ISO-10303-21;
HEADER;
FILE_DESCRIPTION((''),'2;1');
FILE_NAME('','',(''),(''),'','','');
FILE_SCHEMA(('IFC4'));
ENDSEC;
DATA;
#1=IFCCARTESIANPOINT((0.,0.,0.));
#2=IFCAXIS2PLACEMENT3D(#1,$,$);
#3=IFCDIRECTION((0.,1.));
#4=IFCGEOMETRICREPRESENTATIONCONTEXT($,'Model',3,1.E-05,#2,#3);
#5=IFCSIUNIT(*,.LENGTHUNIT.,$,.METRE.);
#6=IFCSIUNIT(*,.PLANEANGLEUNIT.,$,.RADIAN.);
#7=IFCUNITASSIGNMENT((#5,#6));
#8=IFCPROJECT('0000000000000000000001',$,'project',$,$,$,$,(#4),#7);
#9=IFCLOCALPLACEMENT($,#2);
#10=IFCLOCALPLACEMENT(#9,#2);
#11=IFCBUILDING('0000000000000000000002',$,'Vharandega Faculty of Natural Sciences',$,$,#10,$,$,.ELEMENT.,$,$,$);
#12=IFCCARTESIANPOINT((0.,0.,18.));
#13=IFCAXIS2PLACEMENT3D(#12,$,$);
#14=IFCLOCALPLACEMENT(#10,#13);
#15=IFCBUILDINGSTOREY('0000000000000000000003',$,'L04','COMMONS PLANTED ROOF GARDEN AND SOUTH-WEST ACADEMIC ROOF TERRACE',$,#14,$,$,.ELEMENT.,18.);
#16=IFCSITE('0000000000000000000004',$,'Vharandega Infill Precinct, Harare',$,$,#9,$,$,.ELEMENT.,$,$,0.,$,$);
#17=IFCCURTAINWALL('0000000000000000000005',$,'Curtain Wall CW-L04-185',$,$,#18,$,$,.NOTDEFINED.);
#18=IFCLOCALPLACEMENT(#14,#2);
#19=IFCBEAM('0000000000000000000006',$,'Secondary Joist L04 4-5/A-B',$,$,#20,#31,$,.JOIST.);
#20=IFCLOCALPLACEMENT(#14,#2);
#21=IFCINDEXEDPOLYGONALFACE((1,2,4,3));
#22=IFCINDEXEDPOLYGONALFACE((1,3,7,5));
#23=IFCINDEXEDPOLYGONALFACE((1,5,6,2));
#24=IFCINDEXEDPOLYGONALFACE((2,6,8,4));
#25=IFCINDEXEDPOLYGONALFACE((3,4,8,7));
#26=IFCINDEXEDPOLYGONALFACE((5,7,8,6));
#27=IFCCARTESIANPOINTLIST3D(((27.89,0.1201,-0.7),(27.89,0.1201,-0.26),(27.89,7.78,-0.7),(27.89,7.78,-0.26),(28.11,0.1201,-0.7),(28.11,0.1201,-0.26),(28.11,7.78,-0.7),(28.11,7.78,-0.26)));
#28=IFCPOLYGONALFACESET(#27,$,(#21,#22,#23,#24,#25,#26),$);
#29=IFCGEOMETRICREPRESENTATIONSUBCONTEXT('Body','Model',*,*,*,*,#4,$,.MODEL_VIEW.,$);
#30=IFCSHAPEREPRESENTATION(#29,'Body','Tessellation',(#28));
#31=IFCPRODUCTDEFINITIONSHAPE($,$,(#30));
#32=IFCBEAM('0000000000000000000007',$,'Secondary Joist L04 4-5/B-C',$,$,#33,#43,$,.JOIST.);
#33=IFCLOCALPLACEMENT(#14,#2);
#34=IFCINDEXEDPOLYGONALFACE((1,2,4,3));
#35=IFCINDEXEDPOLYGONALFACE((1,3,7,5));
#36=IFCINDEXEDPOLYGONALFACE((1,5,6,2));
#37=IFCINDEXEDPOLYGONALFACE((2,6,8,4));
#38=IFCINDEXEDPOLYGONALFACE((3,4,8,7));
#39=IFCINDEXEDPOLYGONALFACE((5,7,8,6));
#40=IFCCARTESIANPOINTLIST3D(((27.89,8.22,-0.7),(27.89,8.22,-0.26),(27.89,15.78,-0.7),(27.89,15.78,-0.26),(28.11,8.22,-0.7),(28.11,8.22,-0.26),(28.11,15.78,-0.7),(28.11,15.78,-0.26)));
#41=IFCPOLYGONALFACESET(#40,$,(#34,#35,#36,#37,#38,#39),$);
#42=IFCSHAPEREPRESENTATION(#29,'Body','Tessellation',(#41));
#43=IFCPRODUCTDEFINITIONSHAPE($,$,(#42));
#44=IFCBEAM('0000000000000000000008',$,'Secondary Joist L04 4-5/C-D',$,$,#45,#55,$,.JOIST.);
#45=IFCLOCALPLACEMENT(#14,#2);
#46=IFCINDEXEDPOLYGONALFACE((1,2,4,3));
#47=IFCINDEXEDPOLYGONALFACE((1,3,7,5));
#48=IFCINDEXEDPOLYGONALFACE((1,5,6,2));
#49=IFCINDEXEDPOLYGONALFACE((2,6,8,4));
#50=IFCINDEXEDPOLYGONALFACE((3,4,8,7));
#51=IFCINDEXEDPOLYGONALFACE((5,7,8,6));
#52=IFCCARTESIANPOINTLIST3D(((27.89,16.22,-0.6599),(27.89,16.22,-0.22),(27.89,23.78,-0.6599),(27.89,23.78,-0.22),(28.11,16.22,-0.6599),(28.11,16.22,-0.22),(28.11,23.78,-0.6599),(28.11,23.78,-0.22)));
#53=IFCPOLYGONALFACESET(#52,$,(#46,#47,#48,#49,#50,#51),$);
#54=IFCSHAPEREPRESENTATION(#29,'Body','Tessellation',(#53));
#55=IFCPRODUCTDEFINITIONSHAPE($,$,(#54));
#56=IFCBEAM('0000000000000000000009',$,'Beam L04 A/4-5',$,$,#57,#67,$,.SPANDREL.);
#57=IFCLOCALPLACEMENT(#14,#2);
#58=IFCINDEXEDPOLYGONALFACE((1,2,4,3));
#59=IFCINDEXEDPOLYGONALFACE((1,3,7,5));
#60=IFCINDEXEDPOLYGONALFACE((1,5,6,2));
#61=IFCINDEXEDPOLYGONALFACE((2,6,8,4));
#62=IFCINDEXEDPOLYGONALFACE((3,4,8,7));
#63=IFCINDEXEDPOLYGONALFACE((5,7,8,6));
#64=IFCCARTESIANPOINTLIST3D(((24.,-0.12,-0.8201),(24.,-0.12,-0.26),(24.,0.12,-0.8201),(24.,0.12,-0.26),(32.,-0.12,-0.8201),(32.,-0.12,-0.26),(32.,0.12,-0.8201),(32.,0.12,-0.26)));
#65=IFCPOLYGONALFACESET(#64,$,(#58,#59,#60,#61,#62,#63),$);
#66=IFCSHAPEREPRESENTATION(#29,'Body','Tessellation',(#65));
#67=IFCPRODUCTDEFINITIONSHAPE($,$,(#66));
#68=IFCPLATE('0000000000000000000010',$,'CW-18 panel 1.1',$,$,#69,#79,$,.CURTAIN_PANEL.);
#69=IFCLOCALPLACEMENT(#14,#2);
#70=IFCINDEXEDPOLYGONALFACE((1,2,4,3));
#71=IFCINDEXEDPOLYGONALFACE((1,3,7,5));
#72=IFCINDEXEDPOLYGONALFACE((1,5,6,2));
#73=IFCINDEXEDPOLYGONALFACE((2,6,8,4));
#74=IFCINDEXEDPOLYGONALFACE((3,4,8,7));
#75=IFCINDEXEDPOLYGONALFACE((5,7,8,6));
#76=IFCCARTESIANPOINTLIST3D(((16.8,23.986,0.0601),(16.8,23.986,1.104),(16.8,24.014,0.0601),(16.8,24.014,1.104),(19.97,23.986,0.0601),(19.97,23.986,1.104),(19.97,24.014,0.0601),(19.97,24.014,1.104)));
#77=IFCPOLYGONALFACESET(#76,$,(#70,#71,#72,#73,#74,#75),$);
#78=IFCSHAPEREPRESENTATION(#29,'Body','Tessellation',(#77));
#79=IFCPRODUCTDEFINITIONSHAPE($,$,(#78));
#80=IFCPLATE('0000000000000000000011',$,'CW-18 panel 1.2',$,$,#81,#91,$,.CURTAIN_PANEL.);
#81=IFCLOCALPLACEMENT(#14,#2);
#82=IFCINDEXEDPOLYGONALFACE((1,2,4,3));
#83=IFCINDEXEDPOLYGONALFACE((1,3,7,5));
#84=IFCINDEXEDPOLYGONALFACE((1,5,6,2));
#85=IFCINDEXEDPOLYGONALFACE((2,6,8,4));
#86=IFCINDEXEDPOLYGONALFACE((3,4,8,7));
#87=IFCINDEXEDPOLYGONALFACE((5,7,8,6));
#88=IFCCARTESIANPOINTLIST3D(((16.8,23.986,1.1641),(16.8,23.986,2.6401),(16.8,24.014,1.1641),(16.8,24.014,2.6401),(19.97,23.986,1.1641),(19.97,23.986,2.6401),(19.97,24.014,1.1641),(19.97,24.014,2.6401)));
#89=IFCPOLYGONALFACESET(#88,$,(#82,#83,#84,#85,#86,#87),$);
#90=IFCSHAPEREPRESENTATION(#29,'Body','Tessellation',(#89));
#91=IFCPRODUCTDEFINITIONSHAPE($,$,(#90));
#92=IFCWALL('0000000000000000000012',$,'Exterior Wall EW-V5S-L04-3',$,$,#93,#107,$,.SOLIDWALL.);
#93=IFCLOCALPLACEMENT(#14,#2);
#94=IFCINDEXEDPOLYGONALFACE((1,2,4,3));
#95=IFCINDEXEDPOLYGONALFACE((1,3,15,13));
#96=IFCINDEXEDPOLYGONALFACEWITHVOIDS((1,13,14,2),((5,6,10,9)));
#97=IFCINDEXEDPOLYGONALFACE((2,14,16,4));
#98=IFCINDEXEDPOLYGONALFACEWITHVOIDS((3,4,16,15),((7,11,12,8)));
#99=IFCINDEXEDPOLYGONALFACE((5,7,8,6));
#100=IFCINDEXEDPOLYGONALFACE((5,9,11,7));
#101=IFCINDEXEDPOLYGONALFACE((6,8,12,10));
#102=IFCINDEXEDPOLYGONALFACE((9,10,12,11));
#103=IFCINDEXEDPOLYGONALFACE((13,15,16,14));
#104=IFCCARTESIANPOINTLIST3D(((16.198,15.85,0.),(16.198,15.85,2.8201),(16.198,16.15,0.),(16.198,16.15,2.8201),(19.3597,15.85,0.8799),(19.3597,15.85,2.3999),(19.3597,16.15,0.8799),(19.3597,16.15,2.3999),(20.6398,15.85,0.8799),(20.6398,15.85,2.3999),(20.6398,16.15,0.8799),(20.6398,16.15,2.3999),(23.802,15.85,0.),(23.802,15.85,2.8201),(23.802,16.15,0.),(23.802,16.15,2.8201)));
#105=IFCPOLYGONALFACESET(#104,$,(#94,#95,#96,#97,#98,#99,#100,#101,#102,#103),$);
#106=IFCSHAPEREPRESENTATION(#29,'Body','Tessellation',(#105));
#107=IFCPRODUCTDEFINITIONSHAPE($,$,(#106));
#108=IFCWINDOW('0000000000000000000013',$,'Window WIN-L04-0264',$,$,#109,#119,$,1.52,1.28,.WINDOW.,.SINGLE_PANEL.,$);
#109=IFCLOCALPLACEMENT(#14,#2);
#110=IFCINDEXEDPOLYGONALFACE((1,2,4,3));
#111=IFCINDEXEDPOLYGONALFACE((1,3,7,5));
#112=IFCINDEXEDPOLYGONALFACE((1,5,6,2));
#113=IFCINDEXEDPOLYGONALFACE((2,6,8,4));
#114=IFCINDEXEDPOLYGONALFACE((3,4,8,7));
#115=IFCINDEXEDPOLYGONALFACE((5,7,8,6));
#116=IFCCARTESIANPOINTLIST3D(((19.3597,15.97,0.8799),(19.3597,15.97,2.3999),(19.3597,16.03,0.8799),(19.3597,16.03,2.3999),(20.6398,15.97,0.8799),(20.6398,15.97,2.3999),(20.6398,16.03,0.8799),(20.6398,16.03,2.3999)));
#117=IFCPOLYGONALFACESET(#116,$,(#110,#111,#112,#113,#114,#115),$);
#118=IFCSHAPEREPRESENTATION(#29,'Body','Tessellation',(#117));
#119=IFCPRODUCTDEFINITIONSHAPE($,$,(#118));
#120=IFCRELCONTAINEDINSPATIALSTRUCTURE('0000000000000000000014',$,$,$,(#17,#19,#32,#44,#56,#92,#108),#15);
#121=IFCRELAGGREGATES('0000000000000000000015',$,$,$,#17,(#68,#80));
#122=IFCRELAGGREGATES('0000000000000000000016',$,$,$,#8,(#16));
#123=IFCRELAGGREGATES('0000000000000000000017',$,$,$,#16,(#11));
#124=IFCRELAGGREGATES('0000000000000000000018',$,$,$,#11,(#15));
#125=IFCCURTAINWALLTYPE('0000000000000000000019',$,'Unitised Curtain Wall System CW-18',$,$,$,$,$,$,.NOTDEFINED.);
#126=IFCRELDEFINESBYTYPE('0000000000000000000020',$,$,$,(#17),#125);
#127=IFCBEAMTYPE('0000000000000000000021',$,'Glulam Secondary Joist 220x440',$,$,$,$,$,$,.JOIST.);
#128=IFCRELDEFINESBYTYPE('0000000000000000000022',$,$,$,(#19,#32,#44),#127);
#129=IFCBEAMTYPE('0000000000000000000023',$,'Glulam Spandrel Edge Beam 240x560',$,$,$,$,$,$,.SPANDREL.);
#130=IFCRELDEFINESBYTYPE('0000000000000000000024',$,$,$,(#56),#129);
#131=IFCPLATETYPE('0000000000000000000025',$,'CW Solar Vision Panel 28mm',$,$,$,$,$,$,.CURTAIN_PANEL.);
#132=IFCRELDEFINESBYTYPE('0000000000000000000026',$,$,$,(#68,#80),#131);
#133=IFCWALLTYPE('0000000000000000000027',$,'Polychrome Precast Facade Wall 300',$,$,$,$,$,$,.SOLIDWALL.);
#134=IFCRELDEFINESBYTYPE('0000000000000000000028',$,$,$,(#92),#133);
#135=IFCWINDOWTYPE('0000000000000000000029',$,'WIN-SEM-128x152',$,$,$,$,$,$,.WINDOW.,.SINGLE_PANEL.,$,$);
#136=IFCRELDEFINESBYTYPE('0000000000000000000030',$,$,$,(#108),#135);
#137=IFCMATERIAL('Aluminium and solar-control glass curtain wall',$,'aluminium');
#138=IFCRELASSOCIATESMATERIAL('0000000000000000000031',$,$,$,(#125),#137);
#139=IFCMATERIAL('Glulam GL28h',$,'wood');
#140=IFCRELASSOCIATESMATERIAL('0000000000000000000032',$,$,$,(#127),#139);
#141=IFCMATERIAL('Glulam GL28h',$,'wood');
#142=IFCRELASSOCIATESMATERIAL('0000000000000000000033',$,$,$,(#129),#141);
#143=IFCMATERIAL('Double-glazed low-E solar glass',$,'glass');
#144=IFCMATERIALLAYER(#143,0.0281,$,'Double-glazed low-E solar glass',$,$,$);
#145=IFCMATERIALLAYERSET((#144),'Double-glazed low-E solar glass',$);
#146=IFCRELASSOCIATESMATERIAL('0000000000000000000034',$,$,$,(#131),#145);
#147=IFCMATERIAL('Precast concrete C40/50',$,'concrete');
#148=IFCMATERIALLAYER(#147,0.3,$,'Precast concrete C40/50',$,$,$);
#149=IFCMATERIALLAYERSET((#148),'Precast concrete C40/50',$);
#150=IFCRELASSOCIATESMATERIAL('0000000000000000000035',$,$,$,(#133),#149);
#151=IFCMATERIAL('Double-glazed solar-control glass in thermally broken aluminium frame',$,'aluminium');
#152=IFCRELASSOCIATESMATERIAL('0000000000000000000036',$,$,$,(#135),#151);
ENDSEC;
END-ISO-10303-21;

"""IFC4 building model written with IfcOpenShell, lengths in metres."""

from ifc_helpers import new_model, si_unit, direction, frame, frame_2d, origin, origin_2d, place, context, subcontext, project, spatial, rectangle, extrude, material, layer, layer_set, material_profile, profile_set, type_object, element, fill, aggregate, save


model = new_model("IFC4")

# Units and contexts
model_context = context("Model", 3, precision=1e-05, world=origin(), true_north=direction((0.0, 1.0)))
body_context = subcontext(model_context, "Body", "Model", "MODEL_VIEW")
ifc_project = project(units=[si_unit("LENGTHUNIT", "METRE"), si_unit("PLANEANGLEUNIT", "RADIAN")], contexts=[model_context])

# Site, building, storey
site_placement = place(None, origin())
site = spatial("IfcSite", under=ifc_project, at=site_placement, Name="Vharandega Infill Precinct, Harare", CompositionType="ELEMENT", RefElevation=0.0)
building_placement = place(site_placement, origin())
building = spatial("IfcBuilding", under=site, at=building_placement, Name="Vharandega Faculty of Natural Sciences", CompositionType="ELEMENT")
storey_placement = place(building_placement, frame((0.0, 0.0, 18.0)))
storey = spatial("IfcBuildingStorey", under=building, at=storey_placement, Name="L04", Description="COMMONS PLANTED ROOF GARDEN AND SOUTH-WEST ACADEMIC ROOF TERRACE", CompositionType="ELEMENT", Elevation=18.0)

# Curtain wall
ifc_material_1 = material(Name="Aluminium and solar-control glass curtain wall", Category="aluminium")
curtain_wall_type = type_object("IfcCurtainWallType", Name="Unitised Curtain Wall System CW-18", PredefinedType="NOTDEFINED", material=ifc_material_1)
curtain_wall_placement = place(storey_placement, origin())
curtain_wall = element("IfcCurtainWall", 1, at=curtain_wall_placement, inside=storey, type_object=curtain_wall_type, Name="Curtain Wall CW-L04-185", PredefinedType="NOTDEFINED")

# Beams
ifc_material_2 = material(Name="Glulam GL28h", Category="wood")
ifc_material_profile_1 = material_profile(ifc_material_2, rectangle(XDim=0.22, YDim=0.4399, at=origin_2d()), Name="GL28h 220x440")
ifc_profile_set_1 = profile_set([ifc_material_profile_1], Name="Glulam GL28h")
beam_type_1 = type_object("IfcBeamType", Name="Glulam Secondary Joist 220x440", PredefinedType="JOIST", material=ifc_profile_set_1)
beam_1_placement = place(storey_placement, frame((28.0, 0.1201, -0.48), z_axis=(0.0, 1.0, 0.0), x_axis=(-1.0, 0.0, 0.0)))
element("IfcBeam", 2, at=beam_1_placement, inside=storey, type_object=beam_type_1, Name="Secondary Joist L04 4-5/A-B", PredefinedType="JOIST", context=body_context, shape_type="SweptSolid", body=[
    extrude(rectangle(XDim=0.22, YDim=0.4399, at=origin_2d()), origin(), (0.0, 0.0, 1.0), 7.6599),
])
for number, where, z_axis, x_axis, name in (
    (3, (28.0, 8.22, -0.48), (0.0, 1.0, 0.0), (-1.0, 0.0, 0.0), "Secondary Joist L04 4-5/B-C"),
    (4, (28.0, 16.22, -0.4399), (0.0, 1.0, 0.0), (-1.0, 0.0, 0.0), "Secondary Joist L04 4-5/C-D"),
):
    element("IfcBeam", number, at=place(storey_placement, frame(where, z_axis=z_axis, x_axis=x_axis)), inside=storey, type_object=beam_type_1, Name=name, PredefinedType="JOIST", context=body_context, shape_type="SweptSolid", body=[
        extrude(rectangle(XDim=0.22, YDim=0.4399, at=origin_2d()), origin(), (0.0, 0.0, 1.0), 7.5601),
    ])
ifc_material_3 = material(Name="Glulam GL28h", Category="wood")
ifc_material_profile_2 = material_profile(ifc_material_3, rectangle(XDim=0.24, YDim=0.5601, at=origin_2d()), Name="GL28h 240x560")
ifc_profile_set_2 = profile_set([ifc_material_profile_2], Name="Glulam GL28h")
beam_type_2 = type_object("IfcBeamType", Name="Glulam Spandrel Edge Beam 240x560", PredefinedType="SPANDREL", material=ifc_profile_set_2)
beam_2_placement = place(storey_placement, frame((24.0, 0.0, -0.54), z_axis=(1.0, 0.0, 0.0), x_axis=(0.0, 1.0, 0.0)))
element("IfcBeam", 5, at=beam_2_placement, inside=storey, type_object=beam_type_2, Name="Beam L04 A/4-5", PredefinedType="SPANDREL", context=body_context, shape_type="SweptSolid", body=[
    extrude(rectangle(XDim=0.24, YDim=0.5601, at=origin_2d()), origin(), (0.0, 0.0, 1.0), 8.0),
])

# Plates
ifc_material_4 = material(Name="Double-glazed low-E solar glass", Category="glass")
ifc_layer_1 = layer(ifc_material_4, 0.0281, Name="Double-glazed low-E solar glass")
ifc_layer_set_1 = layer_set([ifc_layer_1], Name="Double-glazed low-E solar glass")
plate_type = type_object("IfcPlateType", Name="CW Solar Vision Panel 28mm", PredefinedType="CURTAIN_PANEL", material=ifc_layer_set_1)
plate_1_placement = place(storey_placement, frame((18.385, 24.0, 0.0601), z_axis=(0.0, 0.0, 1.0), x_axis=(1.0, 0.0, 0.0)))
plate_1 = element("IfcPlate", 6, at=plate_1_placement, type_object=plate_type, Name="CW-18 panel 1.1", PredefinedType="CURTAIN_PANEL", context=body_context, shape_type="SweptSolid", body=[
    extrude(rectangle(XDim=3.1699, YDim=0.0281, at=origin_2d()), origin(), (0.0, 0.0, 1.0), 1.0439),
])
plate_2_placement = place(storey_placement, frame((18.385, 24.0, 1.1641), z_axis=(0.0, 0.0, 1.0), x_axis=(1.0, 0.0, 0.0)))
plate_2 = element("IfcPlate", 7, at=plate_2_placement, type_object=plate_type, Name="CW-18 panel 1.2", PredefinedType="CURTAIN_PANEL", context=body_context, shape_type="SweptSolid", body=[
    extrude(rectangle(XDim=3.1699, YDim=0.0281, at=origin_2d()), origin(), (0.0, 0.0, 1.0), 1.4761),
])
aggregate(curtain_wall, [plate_1, plate_2])

# Wall, opening, window
ifc_material_5 = material(Name="Precast concrete C40/50", Category="concrete")
ifc_layer_2 = layer(ifc_material_5, 0.3, Name="Precast concrete C40/50")
ifc_layer_set_2 = layer_set([ifc_layer_2], Name="Precast concrete C40/50")
wall_type = type_object("IfcWallType", Name="Polychrome Precast Facade Wall 300", PredefinedType="SOLIDWALL", material=ifc_layer_set_2)
wall_placement = place(storey_placement, frame((23.802, 16.0, 0.0), z_axis=(0.0, 0.0, 1.0), x_axis=(-1.0, 0.0, 0.0)))
wall = element("IfcWall", 8, at=wall_placement, inside=storey, type_object=wall_type, Name="Exterior Wall EW-V5S-L04-3", PredefinedType="SOLIDWALL", context=body_context, shape_type="SweptSolid", body=[
    extrude(rectangle(XDim=7.604, YDim=0.3, at=frame_2d((3.802, 0.0))), origin(), (0.0, 0.0, 1.0), 2.8201),
])
opening_placement = place(wall_placement, frame((3.1621, 0.0, 0.8799)))
opening = element("IfcOpeningElement", 9, at=opening_placement, cuts=wall, PredefinedType="OPENING", context=body_context, shape_type="SweptSolid", body=[
    extrude(rectangle(XDim=1.28, YDim=1.52, at=frame_2d((0.6401, 0.76))), frame((0.0, 0.1602, 0.0), z_axis=(0.0, -1.0, 0.0), x_axis=(1.0, 0.0, 0.0)), (0.0, 0.0, 1.0), 0.3201),
])
ifc_material_6 = material(Name="Double-glazed solar-control glass in thermally broken aluminium frame", Category="aluminium")
window_type = type_object("IfcWindowType", Name="WIN-SEM-128x152", PartitioningType="SINGLE_PANEL", PredefinedType="WINDOW", material=ifc_material_6)
window_placement = place(opening_placement, origin())
window = element("IfcWindow", 10, at=window_placement, inside=storey, type_object=window_type, Name="Window WIN-L04-0264", OverallHeight=1.52, OverallWidth=1.28, PartitioningType="SINGLE_PANEL", PredefinedType="WINDOW", context=body_context, shape_type="SweptSolid", body=[
    extrude(rectangle(XDim=1.28, YDim=1.52, at=frame_2d((0.6401, 0.76))), frame((0.0, 0.03, 0.0), z_axis=(0.0, -1.0, 0.0), x_axis=(1.0, 0.0, 0.0)), (0.0, 0.0, 1.0), 0.0601),
])
fill(opening, window)

save(model, "model.ifc")
